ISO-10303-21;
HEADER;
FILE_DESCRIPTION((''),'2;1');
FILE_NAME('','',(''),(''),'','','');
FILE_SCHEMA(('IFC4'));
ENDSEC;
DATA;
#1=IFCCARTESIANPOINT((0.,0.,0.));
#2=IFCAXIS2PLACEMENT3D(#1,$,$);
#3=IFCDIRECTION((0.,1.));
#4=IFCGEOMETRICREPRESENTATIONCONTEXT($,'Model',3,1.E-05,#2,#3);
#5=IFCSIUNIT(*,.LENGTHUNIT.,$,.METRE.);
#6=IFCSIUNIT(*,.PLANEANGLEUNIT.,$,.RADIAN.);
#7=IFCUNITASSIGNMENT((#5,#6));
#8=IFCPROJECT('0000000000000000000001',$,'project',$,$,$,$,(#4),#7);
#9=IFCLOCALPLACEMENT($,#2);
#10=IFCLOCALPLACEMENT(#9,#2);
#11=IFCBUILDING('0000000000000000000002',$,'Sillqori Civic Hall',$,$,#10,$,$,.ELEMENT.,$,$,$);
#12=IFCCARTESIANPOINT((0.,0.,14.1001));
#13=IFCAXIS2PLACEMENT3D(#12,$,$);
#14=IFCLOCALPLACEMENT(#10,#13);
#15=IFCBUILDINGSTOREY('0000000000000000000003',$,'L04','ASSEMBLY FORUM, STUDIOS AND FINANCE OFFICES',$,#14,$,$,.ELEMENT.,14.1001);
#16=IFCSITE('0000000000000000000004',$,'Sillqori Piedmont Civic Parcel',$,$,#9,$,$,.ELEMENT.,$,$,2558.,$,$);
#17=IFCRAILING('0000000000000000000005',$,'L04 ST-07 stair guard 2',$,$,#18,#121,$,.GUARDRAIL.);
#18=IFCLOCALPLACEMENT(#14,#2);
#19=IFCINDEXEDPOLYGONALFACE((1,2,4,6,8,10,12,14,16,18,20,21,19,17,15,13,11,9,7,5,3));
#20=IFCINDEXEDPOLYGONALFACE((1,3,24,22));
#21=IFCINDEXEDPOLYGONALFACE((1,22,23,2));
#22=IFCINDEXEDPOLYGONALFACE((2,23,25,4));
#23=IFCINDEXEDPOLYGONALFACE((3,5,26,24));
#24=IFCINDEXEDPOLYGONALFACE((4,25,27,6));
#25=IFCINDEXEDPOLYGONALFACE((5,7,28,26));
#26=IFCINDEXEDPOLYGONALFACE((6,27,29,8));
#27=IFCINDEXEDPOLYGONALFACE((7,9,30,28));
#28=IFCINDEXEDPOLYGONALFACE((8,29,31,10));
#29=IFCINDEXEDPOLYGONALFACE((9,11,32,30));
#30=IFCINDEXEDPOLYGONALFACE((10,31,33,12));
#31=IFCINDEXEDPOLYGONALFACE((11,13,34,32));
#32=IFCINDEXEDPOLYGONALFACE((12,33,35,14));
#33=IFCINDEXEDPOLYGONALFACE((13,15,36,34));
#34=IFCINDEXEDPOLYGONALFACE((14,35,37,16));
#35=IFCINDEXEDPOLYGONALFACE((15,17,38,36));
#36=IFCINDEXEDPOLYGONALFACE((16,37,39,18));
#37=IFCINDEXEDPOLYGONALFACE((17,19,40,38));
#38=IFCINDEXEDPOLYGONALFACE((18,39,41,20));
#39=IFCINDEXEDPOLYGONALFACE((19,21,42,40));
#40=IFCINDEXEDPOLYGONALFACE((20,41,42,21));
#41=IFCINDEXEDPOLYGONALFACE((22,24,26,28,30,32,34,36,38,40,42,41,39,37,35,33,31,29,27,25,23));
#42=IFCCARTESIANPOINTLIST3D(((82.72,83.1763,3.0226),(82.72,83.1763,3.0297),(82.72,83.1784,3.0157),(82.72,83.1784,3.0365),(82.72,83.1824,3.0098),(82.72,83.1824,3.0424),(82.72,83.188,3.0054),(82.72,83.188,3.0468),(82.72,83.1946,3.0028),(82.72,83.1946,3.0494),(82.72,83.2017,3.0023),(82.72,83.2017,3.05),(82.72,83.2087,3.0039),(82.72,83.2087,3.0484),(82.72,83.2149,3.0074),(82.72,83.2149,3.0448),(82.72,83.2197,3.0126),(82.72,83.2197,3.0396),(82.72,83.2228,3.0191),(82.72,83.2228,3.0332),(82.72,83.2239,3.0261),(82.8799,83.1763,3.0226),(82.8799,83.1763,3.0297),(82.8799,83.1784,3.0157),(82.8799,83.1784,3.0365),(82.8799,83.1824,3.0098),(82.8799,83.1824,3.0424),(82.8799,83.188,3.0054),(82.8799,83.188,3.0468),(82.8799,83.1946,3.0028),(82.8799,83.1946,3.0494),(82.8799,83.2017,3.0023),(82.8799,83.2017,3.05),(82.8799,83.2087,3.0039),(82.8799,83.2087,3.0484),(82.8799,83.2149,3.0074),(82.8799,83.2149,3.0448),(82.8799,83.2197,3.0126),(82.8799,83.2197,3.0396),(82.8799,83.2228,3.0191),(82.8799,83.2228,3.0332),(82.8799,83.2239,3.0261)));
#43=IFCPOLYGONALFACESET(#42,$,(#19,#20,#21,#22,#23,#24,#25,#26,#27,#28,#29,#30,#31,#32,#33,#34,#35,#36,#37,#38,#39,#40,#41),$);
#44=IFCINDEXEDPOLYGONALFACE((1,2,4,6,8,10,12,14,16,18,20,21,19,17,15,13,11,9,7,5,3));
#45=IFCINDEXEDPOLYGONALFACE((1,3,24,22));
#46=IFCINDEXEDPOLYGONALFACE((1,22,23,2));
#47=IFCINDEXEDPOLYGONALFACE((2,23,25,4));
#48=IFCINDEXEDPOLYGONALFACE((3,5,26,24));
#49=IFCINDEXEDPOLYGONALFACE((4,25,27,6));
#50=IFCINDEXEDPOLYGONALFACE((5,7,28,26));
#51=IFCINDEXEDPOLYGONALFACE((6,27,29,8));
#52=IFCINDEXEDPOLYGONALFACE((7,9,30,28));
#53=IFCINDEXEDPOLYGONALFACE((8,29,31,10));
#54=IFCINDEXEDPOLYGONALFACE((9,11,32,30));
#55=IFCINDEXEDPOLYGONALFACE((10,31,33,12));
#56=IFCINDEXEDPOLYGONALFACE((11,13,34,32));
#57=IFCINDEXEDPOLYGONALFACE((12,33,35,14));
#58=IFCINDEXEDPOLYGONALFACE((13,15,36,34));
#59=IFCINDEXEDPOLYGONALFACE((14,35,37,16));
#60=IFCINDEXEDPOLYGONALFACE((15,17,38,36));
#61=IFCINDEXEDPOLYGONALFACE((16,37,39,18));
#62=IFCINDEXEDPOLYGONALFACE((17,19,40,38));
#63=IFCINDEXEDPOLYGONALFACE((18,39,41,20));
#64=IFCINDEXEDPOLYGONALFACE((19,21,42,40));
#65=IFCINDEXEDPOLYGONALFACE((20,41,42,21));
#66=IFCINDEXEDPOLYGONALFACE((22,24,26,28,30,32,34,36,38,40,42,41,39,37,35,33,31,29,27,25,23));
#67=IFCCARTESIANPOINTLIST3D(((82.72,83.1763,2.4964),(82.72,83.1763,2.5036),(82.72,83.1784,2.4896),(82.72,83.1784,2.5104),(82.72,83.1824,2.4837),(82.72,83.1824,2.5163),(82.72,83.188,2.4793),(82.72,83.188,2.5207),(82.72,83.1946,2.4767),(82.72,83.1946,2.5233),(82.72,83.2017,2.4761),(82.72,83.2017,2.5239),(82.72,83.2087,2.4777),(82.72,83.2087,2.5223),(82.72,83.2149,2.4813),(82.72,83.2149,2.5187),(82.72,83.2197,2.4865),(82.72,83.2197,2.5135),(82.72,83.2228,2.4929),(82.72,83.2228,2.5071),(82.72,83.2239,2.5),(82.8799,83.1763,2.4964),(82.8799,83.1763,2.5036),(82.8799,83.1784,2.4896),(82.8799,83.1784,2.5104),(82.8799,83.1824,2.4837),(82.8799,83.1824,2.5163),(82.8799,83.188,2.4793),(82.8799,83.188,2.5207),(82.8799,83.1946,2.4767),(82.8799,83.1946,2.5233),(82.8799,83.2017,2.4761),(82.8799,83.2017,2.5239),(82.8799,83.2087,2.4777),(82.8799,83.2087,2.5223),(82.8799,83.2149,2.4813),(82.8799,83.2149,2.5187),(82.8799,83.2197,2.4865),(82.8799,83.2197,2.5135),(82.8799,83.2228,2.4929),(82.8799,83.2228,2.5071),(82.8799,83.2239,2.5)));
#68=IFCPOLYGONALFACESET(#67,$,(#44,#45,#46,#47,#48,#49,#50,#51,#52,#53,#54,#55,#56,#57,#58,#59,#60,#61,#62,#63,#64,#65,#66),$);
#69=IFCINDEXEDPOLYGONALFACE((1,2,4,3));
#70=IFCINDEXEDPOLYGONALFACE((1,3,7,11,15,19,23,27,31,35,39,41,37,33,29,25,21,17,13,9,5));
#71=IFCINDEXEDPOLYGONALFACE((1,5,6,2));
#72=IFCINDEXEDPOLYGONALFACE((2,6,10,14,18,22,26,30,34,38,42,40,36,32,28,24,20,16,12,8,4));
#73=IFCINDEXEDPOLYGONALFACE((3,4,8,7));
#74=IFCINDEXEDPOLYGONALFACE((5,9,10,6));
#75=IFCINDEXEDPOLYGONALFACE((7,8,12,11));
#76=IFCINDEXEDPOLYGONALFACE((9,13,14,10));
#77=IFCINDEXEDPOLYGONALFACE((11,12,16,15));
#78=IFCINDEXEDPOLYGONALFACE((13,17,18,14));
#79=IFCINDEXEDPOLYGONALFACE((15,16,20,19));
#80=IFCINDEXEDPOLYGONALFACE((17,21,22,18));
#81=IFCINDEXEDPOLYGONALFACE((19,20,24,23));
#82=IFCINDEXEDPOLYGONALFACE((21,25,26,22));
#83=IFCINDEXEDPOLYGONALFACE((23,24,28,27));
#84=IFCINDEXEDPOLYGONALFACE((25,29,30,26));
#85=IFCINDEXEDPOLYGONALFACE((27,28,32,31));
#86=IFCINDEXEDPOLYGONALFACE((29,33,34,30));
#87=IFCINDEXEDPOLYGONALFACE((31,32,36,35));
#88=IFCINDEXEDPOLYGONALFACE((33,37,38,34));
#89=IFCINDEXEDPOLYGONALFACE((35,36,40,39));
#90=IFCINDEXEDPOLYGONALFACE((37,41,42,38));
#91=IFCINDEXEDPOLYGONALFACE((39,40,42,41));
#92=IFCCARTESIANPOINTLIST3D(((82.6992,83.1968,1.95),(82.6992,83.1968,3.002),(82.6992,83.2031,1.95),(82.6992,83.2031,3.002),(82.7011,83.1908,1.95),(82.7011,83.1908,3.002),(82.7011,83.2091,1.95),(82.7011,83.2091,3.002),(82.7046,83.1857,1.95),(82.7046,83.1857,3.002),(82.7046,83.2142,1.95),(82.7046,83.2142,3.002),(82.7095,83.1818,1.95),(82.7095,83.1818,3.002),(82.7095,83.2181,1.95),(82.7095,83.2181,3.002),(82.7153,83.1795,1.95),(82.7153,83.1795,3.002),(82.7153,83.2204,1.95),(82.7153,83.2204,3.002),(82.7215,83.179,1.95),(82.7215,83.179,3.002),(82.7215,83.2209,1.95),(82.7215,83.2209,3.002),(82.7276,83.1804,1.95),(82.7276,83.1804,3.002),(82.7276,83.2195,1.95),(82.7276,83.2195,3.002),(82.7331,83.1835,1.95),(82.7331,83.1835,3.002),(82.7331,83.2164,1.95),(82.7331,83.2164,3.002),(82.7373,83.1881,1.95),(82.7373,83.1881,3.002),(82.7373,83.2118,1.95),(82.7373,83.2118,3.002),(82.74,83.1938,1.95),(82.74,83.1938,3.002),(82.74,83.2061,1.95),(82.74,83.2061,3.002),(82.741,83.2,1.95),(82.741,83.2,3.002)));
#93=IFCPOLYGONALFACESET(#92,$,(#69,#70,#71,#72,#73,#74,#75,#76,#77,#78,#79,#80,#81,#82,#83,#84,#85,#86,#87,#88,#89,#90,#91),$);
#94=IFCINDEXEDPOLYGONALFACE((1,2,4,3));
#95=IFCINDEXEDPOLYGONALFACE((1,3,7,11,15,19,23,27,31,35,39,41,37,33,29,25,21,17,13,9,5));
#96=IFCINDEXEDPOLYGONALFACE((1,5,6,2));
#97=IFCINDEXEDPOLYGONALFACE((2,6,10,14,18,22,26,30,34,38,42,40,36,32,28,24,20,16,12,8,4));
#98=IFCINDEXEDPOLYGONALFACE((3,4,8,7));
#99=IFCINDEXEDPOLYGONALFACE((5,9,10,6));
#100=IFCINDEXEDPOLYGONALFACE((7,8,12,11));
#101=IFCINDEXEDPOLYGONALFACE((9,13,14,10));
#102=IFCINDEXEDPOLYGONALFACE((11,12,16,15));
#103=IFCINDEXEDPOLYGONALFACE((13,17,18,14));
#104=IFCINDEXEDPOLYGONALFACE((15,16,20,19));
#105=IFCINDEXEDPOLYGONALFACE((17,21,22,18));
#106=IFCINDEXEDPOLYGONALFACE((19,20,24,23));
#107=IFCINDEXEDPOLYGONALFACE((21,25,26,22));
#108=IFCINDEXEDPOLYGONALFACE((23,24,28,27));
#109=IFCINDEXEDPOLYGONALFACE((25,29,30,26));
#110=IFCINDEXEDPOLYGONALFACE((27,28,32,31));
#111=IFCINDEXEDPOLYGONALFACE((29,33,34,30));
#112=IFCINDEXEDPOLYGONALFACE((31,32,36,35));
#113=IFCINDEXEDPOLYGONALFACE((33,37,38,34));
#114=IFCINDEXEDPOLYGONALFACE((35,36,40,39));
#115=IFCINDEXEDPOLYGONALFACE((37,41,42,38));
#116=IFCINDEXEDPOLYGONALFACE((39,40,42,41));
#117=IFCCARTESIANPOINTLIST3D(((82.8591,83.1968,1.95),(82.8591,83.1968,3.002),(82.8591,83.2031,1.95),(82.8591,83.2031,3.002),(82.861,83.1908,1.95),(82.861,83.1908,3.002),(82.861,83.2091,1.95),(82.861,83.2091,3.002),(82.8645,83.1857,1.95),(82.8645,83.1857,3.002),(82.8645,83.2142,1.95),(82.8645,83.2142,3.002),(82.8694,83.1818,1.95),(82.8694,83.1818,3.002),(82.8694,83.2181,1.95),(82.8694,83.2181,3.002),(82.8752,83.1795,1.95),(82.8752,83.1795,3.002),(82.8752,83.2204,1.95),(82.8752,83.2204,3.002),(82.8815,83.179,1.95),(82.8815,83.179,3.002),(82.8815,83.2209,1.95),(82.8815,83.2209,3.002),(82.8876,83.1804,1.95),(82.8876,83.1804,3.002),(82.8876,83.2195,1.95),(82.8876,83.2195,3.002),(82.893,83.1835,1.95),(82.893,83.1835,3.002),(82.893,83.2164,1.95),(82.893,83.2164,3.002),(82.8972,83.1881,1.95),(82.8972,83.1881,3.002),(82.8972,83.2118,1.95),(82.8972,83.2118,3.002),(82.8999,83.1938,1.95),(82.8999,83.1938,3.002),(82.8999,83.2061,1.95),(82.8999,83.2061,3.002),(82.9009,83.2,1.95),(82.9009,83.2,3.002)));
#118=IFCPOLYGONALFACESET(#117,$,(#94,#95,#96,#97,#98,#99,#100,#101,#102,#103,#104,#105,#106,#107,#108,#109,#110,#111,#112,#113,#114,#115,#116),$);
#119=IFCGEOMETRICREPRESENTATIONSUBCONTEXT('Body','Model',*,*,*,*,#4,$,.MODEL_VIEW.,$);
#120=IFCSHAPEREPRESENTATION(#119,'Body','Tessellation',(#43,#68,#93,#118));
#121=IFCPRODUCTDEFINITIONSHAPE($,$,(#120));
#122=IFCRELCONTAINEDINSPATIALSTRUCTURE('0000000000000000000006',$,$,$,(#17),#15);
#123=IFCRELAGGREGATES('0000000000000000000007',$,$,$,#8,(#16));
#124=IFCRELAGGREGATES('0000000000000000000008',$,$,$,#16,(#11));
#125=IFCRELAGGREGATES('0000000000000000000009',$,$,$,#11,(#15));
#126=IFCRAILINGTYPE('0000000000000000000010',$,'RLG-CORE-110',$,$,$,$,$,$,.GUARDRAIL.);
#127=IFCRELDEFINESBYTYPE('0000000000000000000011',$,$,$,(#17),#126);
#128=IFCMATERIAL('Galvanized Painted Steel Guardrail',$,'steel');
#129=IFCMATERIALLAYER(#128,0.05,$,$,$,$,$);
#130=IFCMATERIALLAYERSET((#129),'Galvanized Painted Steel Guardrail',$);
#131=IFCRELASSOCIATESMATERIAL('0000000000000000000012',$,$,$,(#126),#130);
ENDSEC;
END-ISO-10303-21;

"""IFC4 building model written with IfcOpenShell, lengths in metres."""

from ifc_helpers import new_model, si_unit, direction, frame, origin, origin_2d, place, context, subcontext, project, spatial, circle, extrude, material, layer, layer_set, type_object, element, save


model = new_model("IFC4")

# Units and contexts
model_context = context("Model", 3, precision=1e-05, world=origin(), true_north=direction((0.0, 1.0)))
body_context = subcontext(model_context, "Body", "Model", "MODEL_VIEW")
ifc_project = project(units=[si_unit("LENGTHUNIT", "METRE"), si_unit("PLANEANGLEUNIT", "RADIAN")], contexts=[model_context])

# Site, building, storey
site_placement = place(None, origin())
site = spatial("IfcSite", under=ifc_project, at=site_placement, Name="Sillqori Piedmont Civic Parcel", CompositionType="ELEMENT", RefElevation=2558.0)
building_placement = place(site_placement, origin())
building = spatial("IfcBuilding", under=site, at=building_placement, Name="Sillqori Civic Hall", CompositionType="ELEMENT")
storey_placement = place(building_placement, frame((0.0, 0.0, 14.1001)))
storey = spatial("IfcBuildingStorey", under=building, at=storey_placement, Name="L04", Description="ASSEMBLY FORUM, STUDIOS AND FINANCE OFFICES", CompositionType="ELEMENT", Elevation=14.1001)

# Railing
ifc_material_1 = material(Name="Galvanized Painted Steel Guardrail", Category="steel")
ifc_layer_1 = layer(ifc_material_1, 0.05)
ifc_layer_set_1 = layer_set([ifc_layer_1], Name="Galvanized Painted Steel Guardrail")
railing_type_1 = type_object("IfcRailingType", Name="RLG-CORE-110", PredefinedType="GUARDRAIL", material=ifc_layer_set_1)
railing_1_placement = place(storey_placement, frame((82.72, 83.2, 1.95)))
element("IfcRailing", 1, at=railing_1_placement, inside=storey, type_object=railing_type_1, Name="L04 ST-07 stair guard 2", PredefinedType="GUARDRAIL", context=body_context, shape_type="SweptSolid", body=[
    extrude(circle(Radius=0.0239, at=origin_2d()), frame((0.0, 0.0, 1.0762), z_axis=(1.0, 0.0, 0.0), x_axis=(0.0, 1.0, 0.0)), (0.0, 0.0, 1.0), 0.1599),
    extrude(circle(Radius=0.0239, at=origin_2d()), frame((0.0, 0.0, 0.55), z_axis=(1.0, 0.0, 0.0), x_axis=(0.0, 1.0, 0.0)), (0.0, 0.0, 1.0), 0.1599),
    extrude(circle(Radius=0.021, at=origin_2d()), origin(), (0.0, 0.0, 1.0), 1.052),
    extrude(circle(Radius=0.021, at=origin_2d()), frame((0.1599, 0.0, 0.0)), (0.0, 0.0, 1.0), 1.052),
])

save(model, "model.ifc")
